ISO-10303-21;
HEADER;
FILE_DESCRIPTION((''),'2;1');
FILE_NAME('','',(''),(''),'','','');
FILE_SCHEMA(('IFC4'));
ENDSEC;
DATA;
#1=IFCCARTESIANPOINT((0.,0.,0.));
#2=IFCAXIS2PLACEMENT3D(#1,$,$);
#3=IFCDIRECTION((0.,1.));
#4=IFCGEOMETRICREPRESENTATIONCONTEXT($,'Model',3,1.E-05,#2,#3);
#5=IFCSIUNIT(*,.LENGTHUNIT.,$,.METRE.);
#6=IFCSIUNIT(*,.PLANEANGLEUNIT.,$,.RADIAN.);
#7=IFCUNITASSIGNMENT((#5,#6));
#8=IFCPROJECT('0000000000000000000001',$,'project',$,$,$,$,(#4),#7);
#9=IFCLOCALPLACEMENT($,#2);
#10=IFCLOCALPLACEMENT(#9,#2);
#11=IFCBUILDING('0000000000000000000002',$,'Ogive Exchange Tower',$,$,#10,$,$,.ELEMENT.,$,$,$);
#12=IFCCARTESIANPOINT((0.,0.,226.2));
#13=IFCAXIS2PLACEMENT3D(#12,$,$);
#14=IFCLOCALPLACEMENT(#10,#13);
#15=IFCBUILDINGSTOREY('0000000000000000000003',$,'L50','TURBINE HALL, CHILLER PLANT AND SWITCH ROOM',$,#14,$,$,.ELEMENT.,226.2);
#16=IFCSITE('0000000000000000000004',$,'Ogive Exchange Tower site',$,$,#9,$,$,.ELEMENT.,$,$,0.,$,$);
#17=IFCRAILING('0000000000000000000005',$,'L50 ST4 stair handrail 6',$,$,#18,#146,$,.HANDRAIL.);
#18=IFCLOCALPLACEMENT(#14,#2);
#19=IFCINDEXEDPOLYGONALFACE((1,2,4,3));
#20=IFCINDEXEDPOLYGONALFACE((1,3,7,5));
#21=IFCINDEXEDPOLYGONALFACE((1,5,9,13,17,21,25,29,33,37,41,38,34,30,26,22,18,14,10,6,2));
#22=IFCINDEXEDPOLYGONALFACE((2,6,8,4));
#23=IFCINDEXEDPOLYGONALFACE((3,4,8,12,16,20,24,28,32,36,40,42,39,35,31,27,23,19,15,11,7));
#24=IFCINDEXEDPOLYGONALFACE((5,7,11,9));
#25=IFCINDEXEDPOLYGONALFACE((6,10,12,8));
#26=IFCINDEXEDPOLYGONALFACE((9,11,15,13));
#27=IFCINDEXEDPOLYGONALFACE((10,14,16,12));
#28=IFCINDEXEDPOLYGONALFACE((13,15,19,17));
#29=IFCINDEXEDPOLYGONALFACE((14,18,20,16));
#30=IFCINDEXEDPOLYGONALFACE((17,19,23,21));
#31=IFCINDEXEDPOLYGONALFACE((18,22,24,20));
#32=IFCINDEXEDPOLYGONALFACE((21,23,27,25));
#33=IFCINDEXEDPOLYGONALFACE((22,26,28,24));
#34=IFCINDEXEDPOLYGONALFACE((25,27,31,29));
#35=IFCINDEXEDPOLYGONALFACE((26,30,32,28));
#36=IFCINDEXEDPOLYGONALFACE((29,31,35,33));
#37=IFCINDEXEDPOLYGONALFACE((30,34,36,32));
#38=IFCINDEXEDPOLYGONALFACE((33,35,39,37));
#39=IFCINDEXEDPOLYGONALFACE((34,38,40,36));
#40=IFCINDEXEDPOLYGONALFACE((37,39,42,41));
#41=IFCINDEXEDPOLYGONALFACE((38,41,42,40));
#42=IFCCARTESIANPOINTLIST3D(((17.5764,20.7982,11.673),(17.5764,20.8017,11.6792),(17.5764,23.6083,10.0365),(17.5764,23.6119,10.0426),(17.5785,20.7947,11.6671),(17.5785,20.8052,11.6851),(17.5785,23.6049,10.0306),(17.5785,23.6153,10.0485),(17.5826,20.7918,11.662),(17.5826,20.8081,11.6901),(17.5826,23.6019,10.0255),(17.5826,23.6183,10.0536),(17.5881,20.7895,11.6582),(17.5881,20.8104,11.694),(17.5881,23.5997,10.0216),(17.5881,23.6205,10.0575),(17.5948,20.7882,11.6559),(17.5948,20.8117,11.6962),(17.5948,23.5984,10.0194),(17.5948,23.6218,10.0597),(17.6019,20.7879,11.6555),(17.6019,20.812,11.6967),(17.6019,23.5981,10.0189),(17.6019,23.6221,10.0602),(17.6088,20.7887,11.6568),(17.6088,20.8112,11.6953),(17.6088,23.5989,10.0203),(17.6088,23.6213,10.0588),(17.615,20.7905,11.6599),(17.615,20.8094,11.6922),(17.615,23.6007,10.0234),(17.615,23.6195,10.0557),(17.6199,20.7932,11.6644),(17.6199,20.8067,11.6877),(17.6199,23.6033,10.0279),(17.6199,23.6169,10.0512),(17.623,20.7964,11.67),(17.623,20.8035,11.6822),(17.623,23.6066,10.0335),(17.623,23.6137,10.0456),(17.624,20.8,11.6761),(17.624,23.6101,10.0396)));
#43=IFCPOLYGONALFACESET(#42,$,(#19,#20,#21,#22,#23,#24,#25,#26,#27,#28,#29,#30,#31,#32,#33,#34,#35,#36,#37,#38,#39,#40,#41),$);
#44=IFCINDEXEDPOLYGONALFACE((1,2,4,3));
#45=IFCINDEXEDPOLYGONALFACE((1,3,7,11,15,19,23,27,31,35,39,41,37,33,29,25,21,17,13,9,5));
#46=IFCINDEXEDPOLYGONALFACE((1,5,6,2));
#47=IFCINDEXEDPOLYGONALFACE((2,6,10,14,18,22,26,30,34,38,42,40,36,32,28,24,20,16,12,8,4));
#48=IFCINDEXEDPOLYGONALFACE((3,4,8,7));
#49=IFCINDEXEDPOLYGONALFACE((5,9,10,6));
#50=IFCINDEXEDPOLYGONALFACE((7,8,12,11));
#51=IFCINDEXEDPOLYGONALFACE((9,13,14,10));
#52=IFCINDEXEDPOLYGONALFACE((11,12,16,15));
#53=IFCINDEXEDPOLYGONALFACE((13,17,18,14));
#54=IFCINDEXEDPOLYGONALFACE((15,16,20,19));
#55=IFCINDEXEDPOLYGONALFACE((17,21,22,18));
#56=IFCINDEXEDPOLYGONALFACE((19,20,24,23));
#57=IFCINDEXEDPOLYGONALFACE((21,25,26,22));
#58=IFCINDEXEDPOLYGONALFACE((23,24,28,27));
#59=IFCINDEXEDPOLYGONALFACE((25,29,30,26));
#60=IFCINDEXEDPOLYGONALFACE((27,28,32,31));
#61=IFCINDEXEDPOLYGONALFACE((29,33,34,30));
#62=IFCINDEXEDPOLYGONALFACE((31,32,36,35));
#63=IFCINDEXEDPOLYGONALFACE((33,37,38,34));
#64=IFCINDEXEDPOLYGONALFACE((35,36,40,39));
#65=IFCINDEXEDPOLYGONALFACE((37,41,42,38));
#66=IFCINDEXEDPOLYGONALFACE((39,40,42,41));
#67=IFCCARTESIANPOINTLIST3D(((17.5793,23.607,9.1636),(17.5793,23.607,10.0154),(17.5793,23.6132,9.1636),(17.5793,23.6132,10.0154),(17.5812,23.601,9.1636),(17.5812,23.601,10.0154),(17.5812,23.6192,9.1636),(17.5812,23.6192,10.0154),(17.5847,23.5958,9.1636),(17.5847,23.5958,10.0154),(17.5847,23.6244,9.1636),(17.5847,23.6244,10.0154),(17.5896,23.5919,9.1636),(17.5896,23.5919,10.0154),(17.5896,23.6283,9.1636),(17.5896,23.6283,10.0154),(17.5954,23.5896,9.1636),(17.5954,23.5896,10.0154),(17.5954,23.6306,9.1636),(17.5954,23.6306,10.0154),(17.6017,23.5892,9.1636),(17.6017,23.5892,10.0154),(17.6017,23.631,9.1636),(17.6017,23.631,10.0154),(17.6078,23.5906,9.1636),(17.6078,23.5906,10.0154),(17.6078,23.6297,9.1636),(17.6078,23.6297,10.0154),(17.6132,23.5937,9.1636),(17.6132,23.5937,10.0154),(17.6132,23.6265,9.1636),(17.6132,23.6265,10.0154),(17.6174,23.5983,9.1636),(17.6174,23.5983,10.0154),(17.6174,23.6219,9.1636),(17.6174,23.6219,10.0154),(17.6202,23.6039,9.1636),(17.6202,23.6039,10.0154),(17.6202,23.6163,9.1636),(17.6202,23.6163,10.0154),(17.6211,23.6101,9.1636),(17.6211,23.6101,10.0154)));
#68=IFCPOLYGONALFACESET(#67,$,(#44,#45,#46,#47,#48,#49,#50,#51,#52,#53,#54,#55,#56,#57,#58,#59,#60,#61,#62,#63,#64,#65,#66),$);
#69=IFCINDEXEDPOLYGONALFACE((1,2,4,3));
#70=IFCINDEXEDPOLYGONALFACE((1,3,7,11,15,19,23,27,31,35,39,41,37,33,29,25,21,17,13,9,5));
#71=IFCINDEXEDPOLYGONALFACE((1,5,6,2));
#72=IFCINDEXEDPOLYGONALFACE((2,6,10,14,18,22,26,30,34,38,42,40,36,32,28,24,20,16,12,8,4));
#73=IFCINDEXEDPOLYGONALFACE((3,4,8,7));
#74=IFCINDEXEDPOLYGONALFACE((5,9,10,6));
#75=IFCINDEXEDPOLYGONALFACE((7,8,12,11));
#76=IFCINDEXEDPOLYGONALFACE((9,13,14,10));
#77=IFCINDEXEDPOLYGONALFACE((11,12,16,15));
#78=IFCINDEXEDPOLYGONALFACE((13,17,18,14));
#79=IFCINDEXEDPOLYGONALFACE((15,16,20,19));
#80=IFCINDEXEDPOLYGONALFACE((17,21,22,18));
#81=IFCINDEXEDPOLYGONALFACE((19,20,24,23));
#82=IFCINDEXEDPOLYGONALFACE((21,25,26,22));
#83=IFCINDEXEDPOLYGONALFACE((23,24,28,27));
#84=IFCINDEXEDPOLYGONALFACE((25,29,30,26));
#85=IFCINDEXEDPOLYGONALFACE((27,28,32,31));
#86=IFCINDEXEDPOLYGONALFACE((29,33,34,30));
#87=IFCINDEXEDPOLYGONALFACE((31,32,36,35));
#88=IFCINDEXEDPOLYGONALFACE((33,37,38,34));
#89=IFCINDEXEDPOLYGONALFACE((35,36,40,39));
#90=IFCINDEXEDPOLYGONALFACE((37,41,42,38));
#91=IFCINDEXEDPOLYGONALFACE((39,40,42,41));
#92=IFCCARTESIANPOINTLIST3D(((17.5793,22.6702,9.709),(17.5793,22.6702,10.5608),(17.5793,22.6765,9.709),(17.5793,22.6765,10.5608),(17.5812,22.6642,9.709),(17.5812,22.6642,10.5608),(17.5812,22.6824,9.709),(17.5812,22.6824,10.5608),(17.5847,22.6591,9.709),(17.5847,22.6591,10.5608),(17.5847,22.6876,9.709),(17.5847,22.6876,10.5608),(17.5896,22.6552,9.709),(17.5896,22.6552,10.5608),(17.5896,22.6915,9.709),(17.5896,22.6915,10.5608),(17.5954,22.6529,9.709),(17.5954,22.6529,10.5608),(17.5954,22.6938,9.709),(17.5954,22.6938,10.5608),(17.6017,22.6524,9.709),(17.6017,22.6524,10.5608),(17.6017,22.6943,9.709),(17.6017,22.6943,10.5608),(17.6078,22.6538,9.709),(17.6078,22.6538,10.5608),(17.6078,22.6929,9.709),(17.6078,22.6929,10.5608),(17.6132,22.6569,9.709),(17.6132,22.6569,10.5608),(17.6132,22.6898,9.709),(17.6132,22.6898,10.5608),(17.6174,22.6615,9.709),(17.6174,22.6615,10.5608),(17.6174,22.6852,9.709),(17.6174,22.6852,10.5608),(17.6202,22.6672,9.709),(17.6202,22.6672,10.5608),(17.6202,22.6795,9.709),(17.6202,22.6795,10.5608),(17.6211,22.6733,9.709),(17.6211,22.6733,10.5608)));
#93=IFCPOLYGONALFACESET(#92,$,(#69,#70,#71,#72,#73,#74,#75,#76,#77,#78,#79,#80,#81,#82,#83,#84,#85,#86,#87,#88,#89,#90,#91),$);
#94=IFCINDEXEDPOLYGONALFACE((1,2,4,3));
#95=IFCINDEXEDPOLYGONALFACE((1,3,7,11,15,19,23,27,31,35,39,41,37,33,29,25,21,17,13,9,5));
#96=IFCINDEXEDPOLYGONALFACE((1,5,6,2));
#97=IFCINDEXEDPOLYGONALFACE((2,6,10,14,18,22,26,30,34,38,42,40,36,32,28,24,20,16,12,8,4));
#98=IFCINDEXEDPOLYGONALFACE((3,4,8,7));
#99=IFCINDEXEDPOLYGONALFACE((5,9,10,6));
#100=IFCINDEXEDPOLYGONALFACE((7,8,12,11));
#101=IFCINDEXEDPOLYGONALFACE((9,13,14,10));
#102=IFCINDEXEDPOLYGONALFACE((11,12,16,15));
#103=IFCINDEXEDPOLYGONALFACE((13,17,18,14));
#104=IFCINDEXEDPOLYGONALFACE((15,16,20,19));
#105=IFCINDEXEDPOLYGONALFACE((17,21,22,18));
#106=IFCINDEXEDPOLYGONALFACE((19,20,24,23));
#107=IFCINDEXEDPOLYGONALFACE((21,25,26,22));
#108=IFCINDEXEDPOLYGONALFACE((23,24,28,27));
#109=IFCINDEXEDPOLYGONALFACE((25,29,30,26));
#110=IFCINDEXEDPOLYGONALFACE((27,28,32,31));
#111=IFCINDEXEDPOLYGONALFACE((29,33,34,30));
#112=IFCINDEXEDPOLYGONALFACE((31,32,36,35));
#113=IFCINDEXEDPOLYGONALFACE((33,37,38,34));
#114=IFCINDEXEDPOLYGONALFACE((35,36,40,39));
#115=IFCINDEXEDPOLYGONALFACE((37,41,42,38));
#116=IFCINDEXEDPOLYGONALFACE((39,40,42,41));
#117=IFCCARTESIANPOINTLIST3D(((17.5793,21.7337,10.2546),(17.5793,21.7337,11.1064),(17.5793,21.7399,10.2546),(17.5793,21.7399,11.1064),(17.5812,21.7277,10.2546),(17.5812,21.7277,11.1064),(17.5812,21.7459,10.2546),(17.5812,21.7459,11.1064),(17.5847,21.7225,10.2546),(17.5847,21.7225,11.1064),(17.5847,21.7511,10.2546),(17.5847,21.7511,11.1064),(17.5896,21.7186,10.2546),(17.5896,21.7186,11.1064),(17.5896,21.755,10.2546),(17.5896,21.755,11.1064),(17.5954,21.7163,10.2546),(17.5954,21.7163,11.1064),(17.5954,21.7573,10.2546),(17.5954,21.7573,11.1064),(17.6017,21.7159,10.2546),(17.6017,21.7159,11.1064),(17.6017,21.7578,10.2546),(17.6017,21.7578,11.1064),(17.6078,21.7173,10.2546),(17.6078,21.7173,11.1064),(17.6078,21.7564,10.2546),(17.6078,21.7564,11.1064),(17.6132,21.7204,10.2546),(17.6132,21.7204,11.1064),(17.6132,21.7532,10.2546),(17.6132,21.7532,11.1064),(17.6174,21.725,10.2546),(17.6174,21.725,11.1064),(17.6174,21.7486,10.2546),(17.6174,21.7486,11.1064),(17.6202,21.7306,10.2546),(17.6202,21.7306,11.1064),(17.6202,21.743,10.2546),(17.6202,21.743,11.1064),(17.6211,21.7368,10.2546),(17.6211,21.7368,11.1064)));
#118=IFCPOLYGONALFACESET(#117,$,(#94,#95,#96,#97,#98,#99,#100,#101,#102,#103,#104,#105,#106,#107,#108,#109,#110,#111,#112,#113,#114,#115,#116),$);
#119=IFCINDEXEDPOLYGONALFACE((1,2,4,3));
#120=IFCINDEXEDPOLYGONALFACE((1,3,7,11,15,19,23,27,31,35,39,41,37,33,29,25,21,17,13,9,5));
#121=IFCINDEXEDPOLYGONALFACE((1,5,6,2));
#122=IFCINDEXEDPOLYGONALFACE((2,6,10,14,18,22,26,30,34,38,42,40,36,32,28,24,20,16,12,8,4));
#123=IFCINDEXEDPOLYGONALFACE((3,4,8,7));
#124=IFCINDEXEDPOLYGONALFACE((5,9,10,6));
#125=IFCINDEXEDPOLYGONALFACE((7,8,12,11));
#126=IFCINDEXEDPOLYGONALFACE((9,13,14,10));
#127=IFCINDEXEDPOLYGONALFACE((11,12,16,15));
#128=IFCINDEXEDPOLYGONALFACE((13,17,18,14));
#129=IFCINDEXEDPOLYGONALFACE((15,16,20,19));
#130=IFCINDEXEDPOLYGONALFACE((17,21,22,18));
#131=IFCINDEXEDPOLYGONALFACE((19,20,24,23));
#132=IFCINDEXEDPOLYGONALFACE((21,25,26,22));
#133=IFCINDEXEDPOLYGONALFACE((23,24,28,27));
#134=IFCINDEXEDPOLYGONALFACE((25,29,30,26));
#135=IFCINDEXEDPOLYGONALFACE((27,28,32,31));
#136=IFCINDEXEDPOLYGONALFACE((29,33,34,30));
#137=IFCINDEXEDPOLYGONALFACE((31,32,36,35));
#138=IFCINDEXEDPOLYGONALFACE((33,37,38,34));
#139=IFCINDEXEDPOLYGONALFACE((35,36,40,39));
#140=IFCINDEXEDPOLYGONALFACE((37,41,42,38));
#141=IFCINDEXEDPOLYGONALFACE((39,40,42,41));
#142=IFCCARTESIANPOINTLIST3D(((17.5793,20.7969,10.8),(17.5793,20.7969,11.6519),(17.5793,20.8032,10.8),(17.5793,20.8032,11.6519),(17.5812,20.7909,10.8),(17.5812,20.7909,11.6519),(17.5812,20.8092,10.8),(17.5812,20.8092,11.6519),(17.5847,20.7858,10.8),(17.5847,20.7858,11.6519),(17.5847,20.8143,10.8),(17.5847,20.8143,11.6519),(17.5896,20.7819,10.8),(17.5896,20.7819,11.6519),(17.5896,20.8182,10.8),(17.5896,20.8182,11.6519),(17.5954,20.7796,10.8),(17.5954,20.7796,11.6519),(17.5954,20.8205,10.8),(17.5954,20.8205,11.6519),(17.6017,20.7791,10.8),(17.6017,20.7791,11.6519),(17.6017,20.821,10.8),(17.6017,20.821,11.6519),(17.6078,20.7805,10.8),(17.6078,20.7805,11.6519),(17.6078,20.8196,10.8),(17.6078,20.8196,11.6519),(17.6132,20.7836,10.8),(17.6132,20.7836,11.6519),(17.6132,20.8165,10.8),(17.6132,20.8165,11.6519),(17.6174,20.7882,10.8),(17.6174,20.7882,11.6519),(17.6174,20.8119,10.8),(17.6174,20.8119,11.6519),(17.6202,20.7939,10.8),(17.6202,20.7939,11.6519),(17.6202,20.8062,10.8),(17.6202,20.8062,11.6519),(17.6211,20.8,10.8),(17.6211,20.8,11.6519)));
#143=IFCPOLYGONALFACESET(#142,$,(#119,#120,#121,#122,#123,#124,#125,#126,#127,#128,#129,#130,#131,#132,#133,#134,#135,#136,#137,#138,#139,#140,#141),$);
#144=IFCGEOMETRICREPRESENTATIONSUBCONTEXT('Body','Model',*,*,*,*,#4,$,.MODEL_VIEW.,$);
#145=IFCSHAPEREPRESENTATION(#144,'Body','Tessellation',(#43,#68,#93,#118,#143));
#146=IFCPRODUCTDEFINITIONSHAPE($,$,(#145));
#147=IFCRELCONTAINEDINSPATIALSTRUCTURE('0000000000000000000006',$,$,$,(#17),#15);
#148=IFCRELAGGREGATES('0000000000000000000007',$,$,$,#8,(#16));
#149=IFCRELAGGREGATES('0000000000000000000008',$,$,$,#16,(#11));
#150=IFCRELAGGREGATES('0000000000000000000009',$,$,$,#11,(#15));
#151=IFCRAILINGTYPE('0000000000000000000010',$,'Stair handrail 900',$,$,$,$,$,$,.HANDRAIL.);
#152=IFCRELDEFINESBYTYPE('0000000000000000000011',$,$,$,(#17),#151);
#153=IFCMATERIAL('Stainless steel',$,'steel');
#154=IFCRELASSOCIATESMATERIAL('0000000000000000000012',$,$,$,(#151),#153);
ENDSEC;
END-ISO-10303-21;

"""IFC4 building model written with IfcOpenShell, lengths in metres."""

from ifc_helpers import new_model, si_unit, direction, frame, origin, origin_2d, place, context, subcontext, project, spatial, circle, extrude, material, type_object, element, save


model = new_model("IFC4")

# Units and contexts
model_context = context("Model", 3, precision=1e-05, world=origin(), true_north=direction((0.0, 1.0)))
body_context = subcontext(model_context, "Body", "Model", "MODEL_VIEW")
ifc_project = project(units=[si_unit("LENGTHUNIT", "METRE"), si_unit("PLANEANGLEUNIT", "RADIAN")], contexts=[model_context])

# Site, building, storey
site_placement = place(None, origin())
site = spatial("IfcSite", under=ifc_project, at=site_placement, Name="Ogive Exchange Tower site", CompositionType="ELEMENT", RefElevation=0.0)
building_placement = place(site_placement, origin())
building = spatial("IfcBuilding", under=site, at=building_placement, Name="Ogive Exchange Tower", CompositionType="ELEMENT")
storey_placement = place(building_placement, frame((0.0, 0.0, 226.2)))
storey = spatial("IfcBuildingStorey", under=building, at=storey_placement, Name="L50", Description="TURBINE HALL, CHILLER PLANT AND SWITCH ROOM", CompositionType="ELEMENT", Elevation=226.2)

# Railing
ifc_material_1 = material(Name="Stainless steel", Category="steel")
railing_type = type_object("IfcRailingType", Name="Stair handrail 900", PredefinedType="HANDRAIL", material=ifc_material_1)
railing_1_placement = place(storey_placement, frame((17.6001, 23.6101, 9.1636)))
element("IfcRailing", 1, at=railing_1_placement, inside=storey, type_object=railing_type, Name="L50 ST4 stair handrail 6", PredefinedType="HANDRAIL", context=body_context, shape_type="SweptSolid", body=[
    extrude(circle(Radius=0.0239, at=origin_2d()), frame((0.0, 0.0, 0.876), z_axis=(0.0, -0.864144, 0.503245), x_axis=(1.0, 0.0, 0.0)), (0.0, 0.0, 1.0), 3.252),
    extrude(circle(Radius=0.021, at=origin_2d()), origin(), (0.0, 0.0, 1.0), 0.8518),
    extrude(circle(Radius=0.021, at=origin_2d()), frame((0.0, -0.9368, 0.5454)), (0.0, 0.0, 1.0), 0.8518),
    extrude(circle(Radius=0.021, at=origin_2d()), frame((0.0, -1.8733, 1.0911)), (0.0, 0.0, 1.0), 0.8518),
    extrude(circle(Radius=0.021, at=origin_2d()), frame((0.0, -2.8101, 1.6365)), (0.0, 0.0, 1.0), 0.8518),
])

save(model, "model.ifc")
